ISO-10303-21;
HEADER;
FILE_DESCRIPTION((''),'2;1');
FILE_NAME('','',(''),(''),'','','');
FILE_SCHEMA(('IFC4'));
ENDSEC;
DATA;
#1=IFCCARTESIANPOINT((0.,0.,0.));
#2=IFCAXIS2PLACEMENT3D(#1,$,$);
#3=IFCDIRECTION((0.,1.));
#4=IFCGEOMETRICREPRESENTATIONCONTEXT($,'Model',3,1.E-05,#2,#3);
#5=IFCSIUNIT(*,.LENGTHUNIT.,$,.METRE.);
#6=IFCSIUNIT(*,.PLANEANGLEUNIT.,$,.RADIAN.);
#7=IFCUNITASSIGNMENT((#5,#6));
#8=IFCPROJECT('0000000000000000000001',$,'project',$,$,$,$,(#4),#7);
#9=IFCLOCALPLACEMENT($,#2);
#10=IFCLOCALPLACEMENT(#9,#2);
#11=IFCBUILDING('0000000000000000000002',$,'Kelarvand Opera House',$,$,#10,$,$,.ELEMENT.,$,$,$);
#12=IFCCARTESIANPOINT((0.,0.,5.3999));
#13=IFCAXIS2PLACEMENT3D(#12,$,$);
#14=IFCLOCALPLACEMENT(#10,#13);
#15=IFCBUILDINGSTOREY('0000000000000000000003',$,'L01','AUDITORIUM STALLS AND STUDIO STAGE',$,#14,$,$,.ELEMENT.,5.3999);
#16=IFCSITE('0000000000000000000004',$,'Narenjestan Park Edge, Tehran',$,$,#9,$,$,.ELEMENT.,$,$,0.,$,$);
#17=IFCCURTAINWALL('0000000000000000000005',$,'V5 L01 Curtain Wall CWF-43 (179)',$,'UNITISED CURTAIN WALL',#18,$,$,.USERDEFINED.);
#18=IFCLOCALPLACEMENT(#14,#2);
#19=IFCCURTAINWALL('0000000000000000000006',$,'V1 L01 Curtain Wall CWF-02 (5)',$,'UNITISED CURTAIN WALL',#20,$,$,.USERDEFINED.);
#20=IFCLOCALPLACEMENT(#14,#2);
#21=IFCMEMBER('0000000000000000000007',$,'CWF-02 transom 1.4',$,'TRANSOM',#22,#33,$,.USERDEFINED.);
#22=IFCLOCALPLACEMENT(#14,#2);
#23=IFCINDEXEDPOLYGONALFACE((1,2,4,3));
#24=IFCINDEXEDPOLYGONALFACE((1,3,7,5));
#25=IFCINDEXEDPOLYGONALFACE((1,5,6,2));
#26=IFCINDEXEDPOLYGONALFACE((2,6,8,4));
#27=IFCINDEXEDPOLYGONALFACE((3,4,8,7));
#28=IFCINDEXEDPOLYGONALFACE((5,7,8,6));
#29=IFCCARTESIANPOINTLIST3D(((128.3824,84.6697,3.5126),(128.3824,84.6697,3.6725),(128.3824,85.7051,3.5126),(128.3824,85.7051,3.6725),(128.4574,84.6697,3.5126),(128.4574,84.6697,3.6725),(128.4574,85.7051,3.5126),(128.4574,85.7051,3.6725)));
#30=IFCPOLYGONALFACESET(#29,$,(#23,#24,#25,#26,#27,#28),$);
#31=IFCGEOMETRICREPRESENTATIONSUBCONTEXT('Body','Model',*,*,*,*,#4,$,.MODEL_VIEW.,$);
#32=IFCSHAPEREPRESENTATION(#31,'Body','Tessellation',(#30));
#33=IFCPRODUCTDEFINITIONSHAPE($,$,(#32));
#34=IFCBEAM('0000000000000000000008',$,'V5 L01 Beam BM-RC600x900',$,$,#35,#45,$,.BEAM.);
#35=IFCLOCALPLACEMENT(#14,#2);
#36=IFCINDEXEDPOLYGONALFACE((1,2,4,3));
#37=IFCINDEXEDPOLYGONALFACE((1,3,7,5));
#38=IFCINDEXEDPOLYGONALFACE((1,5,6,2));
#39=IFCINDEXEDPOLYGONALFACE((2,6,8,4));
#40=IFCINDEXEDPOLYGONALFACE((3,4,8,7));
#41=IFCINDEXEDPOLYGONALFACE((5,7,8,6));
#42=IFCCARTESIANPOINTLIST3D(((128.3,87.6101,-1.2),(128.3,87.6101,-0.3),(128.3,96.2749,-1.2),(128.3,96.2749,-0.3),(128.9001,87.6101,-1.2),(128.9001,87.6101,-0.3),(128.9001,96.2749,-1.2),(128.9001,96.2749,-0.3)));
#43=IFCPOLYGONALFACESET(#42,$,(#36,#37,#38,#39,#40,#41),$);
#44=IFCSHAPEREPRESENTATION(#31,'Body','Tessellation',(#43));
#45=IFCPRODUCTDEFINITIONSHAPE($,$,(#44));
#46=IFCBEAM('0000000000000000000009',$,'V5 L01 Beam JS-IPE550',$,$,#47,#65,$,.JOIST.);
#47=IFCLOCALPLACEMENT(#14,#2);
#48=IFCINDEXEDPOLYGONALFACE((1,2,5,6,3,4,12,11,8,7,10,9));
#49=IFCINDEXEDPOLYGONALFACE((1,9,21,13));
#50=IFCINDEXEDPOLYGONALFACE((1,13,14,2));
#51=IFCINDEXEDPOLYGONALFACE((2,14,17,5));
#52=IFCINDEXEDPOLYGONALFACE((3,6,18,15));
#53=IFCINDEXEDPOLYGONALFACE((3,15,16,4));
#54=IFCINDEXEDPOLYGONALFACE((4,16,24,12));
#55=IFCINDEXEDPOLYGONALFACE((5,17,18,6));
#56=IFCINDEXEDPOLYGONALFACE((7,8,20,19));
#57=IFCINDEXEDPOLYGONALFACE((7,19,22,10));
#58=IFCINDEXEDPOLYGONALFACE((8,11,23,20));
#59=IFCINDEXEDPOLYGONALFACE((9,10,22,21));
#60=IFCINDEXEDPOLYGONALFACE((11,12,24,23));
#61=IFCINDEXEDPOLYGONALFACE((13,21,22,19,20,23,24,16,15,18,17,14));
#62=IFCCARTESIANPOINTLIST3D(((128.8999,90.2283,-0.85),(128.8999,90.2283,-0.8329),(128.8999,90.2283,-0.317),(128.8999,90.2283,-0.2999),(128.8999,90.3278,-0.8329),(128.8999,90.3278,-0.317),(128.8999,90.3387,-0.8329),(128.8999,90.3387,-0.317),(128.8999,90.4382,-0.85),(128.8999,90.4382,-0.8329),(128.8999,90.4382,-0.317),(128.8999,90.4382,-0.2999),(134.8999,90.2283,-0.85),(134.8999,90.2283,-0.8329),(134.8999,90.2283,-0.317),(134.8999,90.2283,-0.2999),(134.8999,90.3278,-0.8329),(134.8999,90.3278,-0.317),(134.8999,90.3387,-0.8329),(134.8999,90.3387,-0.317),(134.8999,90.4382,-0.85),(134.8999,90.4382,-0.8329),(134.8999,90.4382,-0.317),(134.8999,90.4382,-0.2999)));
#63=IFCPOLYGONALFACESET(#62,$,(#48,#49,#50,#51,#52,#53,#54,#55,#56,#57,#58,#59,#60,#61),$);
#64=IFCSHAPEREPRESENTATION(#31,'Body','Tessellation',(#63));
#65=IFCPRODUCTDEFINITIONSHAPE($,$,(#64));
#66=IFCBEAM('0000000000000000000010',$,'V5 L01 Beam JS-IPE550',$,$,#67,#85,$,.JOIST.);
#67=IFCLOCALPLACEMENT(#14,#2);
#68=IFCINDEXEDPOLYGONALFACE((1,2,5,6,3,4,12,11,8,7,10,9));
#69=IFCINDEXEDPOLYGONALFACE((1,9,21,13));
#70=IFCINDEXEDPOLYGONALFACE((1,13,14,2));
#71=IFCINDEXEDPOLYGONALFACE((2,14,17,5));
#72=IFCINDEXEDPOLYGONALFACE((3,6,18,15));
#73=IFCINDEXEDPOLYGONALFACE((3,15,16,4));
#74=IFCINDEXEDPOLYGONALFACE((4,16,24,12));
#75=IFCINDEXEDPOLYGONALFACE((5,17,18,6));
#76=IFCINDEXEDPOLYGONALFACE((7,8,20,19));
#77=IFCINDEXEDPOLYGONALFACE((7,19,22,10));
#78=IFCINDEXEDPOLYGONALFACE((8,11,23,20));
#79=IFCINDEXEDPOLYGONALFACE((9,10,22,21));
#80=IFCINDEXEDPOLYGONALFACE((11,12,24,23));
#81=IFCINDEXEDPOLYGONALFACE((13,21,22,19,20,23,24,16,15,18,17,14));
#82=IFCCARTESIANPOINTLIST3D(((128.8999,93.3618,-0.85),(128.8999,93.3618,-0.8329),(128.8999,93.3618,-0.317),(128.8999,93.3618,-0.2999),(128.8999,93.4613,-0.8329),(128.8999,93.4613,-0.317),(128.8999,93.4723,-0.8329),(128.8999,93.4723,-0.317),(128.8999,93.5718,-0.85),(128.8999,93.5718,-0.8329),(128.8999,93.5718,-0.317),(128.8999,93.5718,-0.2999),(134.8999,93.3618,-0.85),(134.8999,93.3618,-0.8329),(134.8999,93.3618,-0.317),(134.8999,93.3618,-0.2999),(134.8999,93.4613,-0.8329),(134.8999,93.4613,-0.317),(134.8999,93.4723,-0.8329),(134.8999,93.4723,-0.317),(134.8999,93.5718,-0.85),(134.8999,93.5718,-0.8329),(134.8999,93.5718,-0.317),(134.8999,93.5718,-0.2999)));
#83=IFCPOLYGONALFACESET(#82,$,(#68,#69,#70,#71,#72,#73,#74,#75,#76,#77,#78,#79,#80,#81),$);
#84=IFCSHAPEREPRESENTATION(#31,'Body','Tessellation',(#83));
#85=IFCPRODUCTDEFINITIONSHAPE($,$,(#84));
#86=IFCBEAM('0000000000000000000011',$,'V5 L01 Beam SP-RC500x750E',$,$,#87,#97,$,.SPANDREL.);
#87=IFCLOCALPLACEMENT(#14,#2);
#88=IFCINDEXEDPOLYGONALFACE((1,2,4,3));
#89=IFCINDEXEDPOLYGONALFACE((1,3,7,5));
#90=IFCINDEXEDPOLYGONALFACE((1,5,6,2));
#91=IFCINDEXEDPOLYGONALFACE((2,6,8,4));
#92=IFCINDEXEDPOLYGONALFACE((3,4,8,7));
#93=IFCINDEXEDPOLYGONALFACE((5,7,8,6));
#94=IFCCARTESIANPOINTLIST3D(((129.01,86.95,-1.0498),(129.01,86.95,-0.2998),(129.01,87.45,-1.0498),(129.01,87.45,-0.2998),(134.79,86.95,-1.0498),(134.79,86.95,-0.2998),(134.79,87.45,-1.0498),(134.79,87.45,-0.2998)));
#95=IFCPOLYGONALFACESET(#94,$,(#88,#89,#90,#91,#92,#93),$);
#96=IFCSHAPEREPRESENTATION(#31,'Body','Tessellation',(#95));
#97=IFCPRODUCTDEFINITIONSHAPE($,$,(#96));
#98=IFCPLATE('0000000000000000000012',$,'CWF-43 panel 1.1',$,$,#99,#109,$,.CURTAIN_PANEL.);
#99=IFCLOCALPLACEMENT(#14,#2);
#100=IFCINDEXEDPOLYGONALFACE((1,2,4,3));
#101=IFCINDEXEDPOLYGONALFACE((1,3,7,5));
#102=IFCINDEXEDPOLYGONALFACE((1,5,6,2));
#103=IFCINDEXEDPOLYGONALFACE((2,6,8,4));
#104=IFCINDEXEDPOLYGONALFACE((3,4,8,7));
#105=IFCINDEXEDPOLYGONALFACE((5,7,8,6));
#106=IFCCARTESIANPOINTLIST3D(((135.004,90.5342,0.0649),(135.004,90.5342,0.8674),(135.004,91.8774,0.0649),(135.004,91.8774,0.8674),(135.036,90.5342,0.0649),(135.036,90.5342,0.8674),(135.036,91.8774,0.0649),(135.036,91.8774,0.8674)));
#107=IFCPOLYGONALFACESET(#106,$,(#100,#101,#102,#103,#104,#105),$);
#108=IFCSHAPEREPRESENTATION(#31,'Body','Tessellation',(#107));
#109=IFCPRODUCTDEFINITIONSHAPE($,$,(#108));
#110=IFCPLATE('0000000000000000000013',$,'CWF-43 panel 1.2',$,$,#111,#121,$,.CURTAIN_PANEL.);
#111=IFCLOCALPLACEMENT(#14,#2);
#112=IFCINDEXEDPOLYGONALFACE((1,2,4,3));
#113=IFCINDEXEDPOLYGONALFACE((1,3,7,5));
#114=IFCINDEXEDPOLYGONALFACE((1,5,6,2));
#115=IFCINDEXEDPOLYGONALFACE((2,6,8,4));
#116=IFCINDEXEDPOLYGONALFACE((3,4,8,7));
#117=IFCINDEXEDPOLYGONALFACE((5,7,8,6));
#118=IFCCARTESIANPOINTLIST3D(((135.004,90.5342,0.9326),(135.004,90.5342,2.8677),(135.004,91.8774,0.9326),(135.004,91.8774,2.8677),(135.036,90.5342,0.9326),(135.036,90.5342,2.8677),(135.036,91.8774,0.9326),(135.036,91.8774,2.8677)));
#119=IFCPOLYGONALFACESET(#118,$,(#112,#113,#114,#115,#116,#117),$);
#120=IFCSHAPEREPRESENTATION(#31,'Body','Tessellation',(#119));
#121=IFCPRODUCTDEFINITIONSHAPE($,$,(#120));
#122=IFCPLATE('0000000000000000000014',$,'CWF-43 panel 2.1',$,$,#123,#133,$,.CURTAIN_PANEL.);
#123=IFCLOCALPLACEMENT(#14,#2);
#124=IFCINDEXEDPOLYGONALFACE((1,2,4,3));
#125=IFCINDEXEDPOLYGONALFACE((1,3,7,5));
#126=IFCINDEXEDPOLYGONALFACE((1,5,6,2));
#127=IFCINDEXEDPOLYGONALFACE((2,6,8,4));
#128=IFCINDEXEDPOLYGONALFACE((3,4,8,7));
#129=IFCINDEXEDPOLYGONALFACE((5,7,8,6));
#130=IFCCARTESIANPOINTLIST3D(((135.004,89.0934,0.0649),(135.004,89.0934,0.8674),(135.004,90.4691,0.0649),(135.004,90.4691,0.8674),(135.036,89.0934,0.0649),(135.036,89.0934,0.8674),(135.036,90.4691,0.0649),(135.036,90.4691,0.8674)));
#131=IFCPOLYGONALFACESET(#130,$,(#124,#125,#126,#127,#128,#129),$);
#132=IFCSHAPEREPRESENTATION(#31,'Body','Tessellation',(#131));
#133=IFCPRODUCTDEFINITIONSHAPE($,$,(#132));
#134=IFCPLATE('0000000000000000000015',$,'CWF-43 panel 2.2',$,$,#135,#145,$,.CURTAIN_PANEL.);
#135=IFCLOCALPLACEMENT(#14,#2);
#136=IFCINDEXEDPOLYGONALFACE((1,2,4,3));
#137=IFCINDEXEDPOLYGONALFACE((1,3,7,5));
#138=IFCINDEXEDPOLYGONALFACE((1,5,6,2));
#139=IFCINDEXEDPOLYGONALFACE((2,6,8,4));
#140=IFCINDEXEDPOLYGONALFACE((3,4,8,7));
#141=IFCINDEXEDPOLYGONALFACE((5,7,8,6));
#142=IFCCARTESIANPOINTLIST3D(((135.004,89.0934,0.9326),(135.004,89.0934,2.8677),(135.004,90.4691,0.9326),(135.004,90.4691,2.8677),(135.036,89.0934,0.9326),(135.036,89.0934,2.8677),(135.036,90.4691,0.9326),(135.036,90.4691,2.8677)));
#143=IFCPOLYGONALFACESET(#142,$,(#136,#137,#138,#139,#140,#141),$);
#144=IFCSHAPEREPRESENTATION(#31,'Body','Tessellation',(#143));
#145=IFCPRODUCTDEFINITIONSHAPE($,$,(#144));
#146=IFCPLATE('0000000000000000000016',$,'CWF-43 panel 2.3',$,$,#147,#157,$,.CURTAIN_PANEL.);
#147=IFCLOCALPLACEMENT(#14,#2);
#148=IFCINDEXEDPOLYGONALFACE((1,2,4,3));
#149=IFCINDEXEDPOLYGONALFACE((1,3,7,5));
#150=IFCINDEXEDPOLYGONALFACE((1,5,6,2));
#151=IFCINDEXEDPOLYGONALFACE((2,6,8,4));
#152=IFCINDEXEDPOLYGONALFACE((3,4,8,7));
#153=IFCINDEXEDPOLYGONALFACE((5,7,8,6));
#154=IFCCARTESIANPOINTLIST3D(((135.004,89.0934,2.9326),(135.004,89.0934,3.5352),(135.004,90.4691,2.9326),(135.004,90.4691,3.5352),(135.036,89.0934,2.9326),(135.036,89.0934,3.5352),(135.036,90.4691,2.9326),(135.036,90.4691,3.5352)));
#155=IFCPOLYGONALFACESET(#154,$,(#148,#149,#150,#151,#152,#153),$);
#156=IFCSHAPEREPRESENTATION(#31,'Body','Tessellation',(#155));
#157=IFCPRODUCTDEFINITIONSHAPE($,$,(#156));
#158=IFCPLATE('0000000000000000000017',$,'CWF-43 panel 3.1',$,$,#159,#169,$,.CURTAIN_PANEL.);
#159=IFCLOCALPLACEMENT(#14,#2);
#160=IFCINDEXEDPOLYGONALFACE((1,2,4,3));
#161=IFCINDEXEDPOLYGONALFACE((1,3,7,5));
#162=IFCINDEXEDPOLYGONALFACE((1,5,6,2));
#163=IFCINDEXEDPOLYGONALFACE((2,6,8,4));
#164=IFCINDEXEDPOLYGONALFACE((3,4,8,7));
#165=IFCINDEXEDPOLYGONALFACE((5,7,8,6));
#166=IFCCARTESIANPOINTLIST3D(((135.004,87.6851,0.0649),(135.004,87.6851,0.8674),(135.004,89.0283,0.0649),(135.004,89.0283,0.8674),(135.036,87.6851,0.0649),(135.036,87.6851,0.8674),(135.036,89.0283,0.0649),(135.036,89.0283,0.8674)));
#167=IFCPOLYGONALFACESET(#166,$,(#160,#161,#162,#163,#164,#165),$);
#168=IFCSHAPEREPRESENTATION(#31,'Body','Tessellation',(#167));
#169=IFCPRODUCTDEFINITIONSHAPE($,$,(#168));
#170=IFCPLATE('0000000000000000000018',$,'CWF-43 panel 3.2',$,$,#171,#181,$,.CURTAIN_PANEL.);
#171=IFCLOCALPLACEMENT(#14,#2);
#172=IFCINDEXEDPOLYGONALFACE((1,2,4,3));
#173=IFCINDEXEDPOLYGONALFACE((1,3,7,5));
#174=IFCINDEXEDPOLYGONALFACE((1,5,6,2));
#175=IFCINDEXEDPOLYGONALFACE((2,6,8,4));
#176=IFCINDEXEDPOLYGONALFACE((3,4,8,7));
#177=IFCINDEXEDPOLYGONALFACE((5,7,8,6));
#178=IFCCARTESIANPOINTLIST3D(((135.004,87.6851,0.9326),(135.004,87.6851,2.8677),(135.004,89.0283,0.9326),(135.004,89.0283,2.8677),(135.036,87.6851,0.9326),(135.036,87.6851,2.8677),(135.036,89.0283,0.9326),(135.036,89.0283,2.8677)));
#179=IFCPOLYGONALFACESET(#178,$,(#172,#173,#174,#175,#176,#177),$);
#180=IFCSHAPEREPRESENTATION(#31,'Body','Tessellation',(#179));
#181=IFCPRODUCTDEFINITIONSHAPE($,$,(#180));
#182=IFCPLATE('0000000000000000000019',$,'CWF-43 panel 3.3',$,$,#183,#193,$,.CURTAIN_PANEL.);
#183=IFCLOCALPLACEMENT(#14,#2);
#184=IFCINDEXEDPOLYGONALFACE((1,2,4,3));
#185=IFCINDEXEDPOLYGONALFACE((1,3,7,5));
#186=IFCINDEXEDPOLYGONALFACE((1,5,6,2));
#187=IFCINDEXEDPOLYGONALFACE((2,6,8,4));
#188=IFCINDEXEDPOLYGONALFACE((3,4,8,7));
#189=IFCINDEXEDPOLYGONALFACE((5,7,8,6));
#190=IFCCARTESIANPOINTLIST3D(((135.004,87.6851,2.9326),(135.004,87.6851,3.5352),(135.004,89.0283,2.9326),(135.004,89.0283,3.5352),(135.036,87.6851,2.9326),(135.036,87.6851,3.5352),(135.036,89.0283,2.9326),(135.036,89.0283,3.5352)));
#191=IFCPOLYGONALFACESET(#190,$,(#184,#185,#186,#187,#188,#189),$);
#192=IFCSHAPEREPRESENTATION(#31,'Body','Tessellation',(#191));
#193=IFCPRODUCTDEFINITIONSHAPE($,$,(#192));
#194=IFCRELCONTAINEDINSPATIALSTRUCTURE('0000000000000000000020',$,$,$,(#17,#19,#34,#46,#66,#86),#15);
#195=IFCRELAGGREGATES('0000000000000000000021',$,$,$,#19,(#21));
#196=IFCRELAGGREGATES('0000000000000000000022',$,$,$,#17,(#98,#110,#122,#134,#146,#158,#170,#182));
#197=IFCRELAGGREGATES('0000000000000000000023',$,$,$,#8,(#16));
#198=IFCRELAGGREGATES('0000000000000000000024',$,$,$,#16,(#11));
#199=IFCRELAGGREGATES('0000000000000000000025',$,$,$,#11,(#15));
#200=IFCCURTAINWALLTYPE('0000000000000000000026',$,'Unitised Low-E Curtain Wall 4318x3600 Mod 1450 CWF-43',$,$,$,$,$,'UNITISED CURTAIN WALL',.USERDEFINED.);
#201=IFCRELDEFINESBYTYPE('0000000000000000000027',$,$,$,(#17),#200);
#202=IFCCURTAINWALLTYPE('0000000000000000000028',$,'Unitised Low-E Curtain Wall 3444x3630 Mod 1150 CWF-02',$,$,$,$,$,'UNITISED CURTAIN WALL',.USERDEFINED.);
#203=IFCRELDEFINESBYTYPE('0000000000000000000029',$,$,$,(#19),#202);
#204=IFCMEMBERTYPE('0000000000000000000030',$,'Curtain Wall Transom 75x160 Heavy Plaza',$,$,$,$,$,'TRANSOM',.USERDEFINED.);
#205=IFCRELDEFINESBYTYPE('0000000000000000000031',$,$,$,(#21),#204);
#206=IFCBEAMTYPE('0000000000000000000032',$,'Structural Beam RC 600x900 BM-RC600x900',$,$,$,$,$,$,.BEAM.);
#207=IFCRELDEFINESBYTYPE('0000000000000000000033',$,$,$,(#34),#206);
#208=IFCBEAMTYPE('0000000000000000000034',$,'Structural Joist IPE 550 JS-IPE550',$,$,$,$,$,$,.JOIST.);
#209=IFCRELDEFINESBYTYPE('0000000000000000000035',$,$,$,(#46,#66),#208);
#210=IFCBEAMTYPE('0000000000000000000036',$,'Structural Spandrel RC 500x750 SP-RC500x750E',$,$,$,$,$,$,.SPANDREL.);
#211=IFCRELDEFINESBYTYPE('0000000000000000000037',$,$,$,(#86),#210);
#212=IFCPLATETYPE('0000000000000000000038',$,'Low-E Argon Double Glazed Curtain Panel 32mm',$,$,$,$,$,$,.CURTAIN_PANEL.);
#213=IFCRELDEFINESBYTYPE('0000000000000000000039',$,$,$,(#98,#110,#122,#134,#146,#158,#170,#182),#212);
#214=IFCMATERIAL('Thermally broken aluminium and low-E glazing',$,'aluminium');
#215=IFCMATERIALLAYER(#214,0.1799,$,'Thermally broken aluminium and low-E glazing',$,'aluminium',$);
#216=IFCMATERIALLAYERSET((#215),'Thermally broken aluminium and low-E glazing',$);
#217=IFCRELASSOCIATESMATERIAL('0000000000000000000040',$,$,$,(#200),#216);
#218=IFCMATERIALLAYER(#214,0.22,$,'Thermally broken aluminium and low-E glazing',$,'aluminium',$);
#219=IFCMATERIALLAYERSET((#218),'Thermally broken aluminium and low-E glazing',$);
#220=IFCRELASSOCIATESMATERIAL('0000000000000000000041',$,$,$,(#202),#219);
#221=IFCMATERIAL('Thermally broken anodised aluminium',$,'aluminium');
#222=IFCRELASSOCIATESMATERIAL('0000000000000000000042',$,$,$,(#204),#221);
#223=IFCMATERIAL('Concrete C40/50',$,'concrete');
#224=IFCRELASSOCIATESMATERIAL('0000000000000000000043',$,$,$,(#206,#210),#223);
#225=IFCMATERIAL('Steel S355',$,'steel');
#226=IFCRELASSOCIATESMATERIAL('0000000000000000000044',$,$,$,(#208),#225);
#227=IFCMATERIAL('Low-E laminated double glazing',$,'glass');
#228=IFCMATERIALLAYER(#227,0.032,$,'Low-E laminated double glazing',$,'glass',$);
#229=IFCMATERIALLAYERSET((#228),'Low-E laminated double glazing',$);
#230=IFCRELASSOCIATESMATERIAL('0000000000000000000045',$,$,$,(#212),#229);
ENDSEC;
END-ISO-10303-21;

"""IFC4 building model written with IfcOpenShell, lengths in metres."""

from ifc_helpers import new_model, si_unit, direction, frame, origin, origin_2d, place, context, subcontext, project, spatial, rectangle, i_section, extrude, material, layer, layer_set, material_profile, profile_set, type_object, element, aggregate, save


model = new_model("IFC4")

# Units and contexts
model_context = context("Model", 3, precision=1e-05, world=origin(), true_north=direction((0.0, 1.0)))
body_context = subcontext(model_context, "Body", "Model", "MODEL_VIEW")
ifc_project = project(units=[si_unit("LENGTHUNIT", "METRE"), si_unit("PLANEANGLEUNIT", "RADIAN")], contexts=[model_context])

# Site, building, storey
site_placement = place(None, origin())
site = spatial("IfcSite", under=ifc_project, at=site_placement, Name="Narenjestan Park Edge, Tehran", CompositionType="ELEMENT", RefElevation=0.0)
building_placement = place(site_placement, origin())
building = spatial("IfcBuilding", under=site, at=building_placement, Name="Kelarvand Opera House", CompositionType="ELEMENT")
storey_placement = place(building_placement, frame((0.0, 0.0, 5.3999)))
storey = spatial("IfcBuildingStorey", under=building, at=storey_placement, Name="L01", Description="AUDITORIUM STALLS AND STUDIO STAGE", CompositionType="ELEMENT", Elevation=5.3999)

# Shared definitions
ifc_material_1 = material(Name="Concrete C40/50", Category="concrete")

# Curtain wall
ifc_material_2 = material(Name="Thermally broken aluminium and low-E glazing", Category="aluminium")
ifc_layer_1 = layer(ifc_material_2, 0.1799, Name="Thermally broken aluminium and low-E glazing", Category="aluminium")
ifc_layer_set_1 = layer_set([ifc_layer_1], Name="Thermally broken aluminium and low-E glazing")
curtain_wall_type_1 = type_object("IfcCurtainWallType", Name="Unitised Low-E Curtain Wall 4318x3600 Mod 1450 CWF-43", ElementType="UNITISED CURTAIN WALL", PredefinedType="USERDEFINED", material=ifc_layer_set_1)
curtain_wall_1_placement = place(storey_placement, origin())
curtain_wall_1 = element("IfcCurtainWall", 1, at=curtain_wall_1_placement, inside=storey, type_object=curtain_wall_type_1, Name="V5 L01 Curtain Wall CWF-43 (179)", ObjectType="UNITISED CURTAIN WALL", PredefinedType="USERDEFINED")
ifc_material_3 = material(Name="Thermally broken anodised aluminium", Category="aluminium")

# Curtain wall
ifc_layer_2 = layer(ifc_material_2, 0.22, Name="Thermally broken aluminium and low-E glazing", Category="aluminium")
ifc_layer_set_2 = layer_set([ifc_layer_2], Name="Thermally broken aluminium and low-E glazing")
curtain_wall_type_2 = type_object("IfcCurtainWallType", Name="Unitised Low-E Curtain Wall 3444x3630 Mod 1150 CWF-02", ElementType="UNITISED CURTAIN WALL", PredefinedType="USERDEFINED", material=ifc_layer_set_2)
curtain_wall_2_placement = place(storey_placement, origin())
curtain_wall_2 = element("IfcCurtainWall", 2, at=curtain_wall_2_placement, inside=storey, type_object=curtain_wall_type_2, Name="V1 L01 Curtain Wall CWF-02 (5)", ObjectType="UNITISED CURTAIN WALL", PredefinedType="USERDEFINED")

# Member
ifc_material_profile_1 = material_profile(ifc_material_3, rectangle(XDim=0.075, YDim=0.1599, at=origin_2d()), Name="ALU TRANSOM 75x160", Category="aluminium")
ifc_profile_set_1 = profile_set([ifc_material_profile_1], Name="Thermally broken anodised aluminium")
member_type_1 = type_object("IfcMemberType", Name="Curtain Wall Transom 75x160 Heavy Plaza", ElementType="TRANSOM", PredefinedType="USERDEFINED", material=ifc_profile_set_1)
member_1_placement = place(storey_placement, frame((128.4199, 85.7051, 3.5925), z_axis=(0.0, -1.0, 0.0), x_axis=(1.0, 0.0, 0.0)))
member_1 = element("IfcMember", 3, at=member_1_placement, type_object=member_type_1, Name="CWF-02 transom 1.4", ObjectType="TRANSOM", PredefinedType="USERDEFINED", context=body_context, shape_type="SweptSolid", body=[
    extrude(rectangle(XDim=0.075, YDim=0.1599, at=origin_2d()), origin(), (0.0, 0.0, 1.0), 1.0354),
])
aggregate(curtain_wall_2, [member_1])

# Beams
ifc_material_profile_2 = material_profile(ifc_material_1, rectangle(XDim=0.6001, YDim=0.8999, at=origin_2d()), Name="RC 600x900", Category="concrete")
ifc_profile_set_2 = profile_set([ifc_material_profile_2], Name="Concrete C40/50")
beam_type_1 = type_object("IfcBeamType", Name="Structural Beam RC 600x900 BM-RC600x900", PredefinedType="BEAM", material=ifc_profile_set_2)
beam_1_placement = place(storey_placement, frame((128.6001, 87.6101, -0.75), z_axis=(0.0, 1.0, 0.0), x_axis=(-1.0, 0.0, 0.0)))
element("IfcBeam", 4, at=beam_1_placement, inside=storey, type_object=beam_type_1, Name="V5 L01 Beam BM-RC600x900", PredefinedType="BEAM", context=body_context, shape_type="SweptSolid", body=[
    extrude(rectangle(XDim=0.6001, YDim=0.8999, at=origin_2d()), origin(), (0.0, 0.0, 1.0), 8.6648),
])
ifc_material_4 = material(Name="Steel S355", Category="steel")
ifc_material_profile_3 = material_profile(ifc_material_4, i_section(OverallWidth=0.21, OverallDepth=0.55, WebThickness=0.011, FlangeThickness=0.0171, at=origin_2d()), Name="IPE 550", Category="steel")
ifc_profile_set_3 = profile_set([ifc_material_profile_3], Name="Steel S355")
beam_type_2 = type_object("IfcBeamType", Name="Structural Joist IPE 550 JS-IPE550", PredefinedType="JOIST", material=ifc_profile_set_3)
for number, where, z_axis, x_axis, name in (
    (5, (128.8999, 90.3333, -0.575), (1.0, 0.0, 0.0), (0.0, 1.0, 0.0), "V5 L01 Beam JS-IPE550"),
    (6, (128.8999, 93.4668, -0.575), (1.0, 0.0, 0.0), (0.0, 1.0, 0.0), "V5 L01 Beam JS-IPE550"),
):
    element("IfcBeam", number, at=place(storey_placement, frame(where, z_axis=z_axis, x_axis=x_axis)), inside=storey, type_object=beam_type_2, Name=name, PredefinedType="JOIST", context=body_context, shape_type="SweptSolid", body=[
        extrude(i_section(OverallWidth=0.21, OverallDepth=0.55, WebThickness=0.011, FlangeThickness=0.0171, at=origin_2d()), origin(), (0.0, 0.0, 1.0), 6.0),
    ])
ifc_material_profile_4 = material_profile(ifc_material_1, rectangle(XDim=0.5, YDim=0.75, at=origin_2d()), Name="RC 500x750", Category="concrete")
ifc_profile_set_4 = profile_set([ifc_material_profile_4], Name="Concrete C40/50")
beam_type_3 = type_object("IfcBeamType", Name="Structural Spandrel RC 500x750 SP-RC500x750E", PredefinedType="SPANDREL", material=ifc_profile_set_4)
beam_2_placement = place(storey_placement, frame((129.01, 87.2, -0.6748), z_axis=(1.0, 0.0, 0.0), x_axis=(0.0, 1.0, 0.0)))
element("IfcBeam", 7, at=beam_2_placement, inside=storey, type_object=beam_type_3, Name="V5 L01 Beam SP-RC500x750E", PredefinedType="SPANDREL", context=body_context, shape_type="SweptSolid", body=[
    extrude(rectangle(XDim=0.5, YDim=0.75, at=origin_2d()), origin(), (0.0, 0.0, 1.0), 5.78),
])

# Plates
ifc_material_5 = material(Name="Low-E laminated double glazing", Category="glass")
ifc_layer_3 = layer(ifc_material_5, 0.032, Name="Low-E laminated double glazing", Category="glass")
ifc_layer_set_3 = layer_set([ifc_layer_3], Name="Low-E laminated double glazing")
plate_type = type_object("IfcPlateType", Name="Low-E Argon Double Glazed Curtain Panel 32mm", PredefinedType="CURTAIN_PANEL", material=ifc_layer_set_3)
plate_1_placement = place(storey_placement, frame((135.02, 91.2058, 0.0649), z_axis=(0.0, 0.0, 1.0), x_axis=(0.0, -1.0, 0.0)))
plate_1 = element("IfcPlate", 8, at=plate_1_placement, type_object=plate_type, Name="CWF-43 panel 1.1", PredefinedType="CURTAIN_PANEL", context=body_context, shape_type="SweptSolid", body=[
    extrude(rectangle(XDim=1.3433, YDim=0.032, at=origin_2d()), origin(), (0.0, 0.0, 1.0), 0.8025),
])
plate_2_placement = place(storey_placement, frame((135.02, 91.2058, 0.9326), z_axis=(0.0, 0.0, 1.0), x_axis=(0.0, -1.0, 0.0)))
plate_2 = element("IfcPlate", 9, at=plate_2_placement, type_object=plate_type, Name="CWF-43 panel 1.2", PredefinedType="CURTAIN_PANEL", context=body_context, shape_type="SweptSolid", body=[
    extrude(rectangle(XDim=1.3433, YDim=0.032, at=origin_2d()), origin(), (0.0, 0.0, 1.0), 1.9351),
])
plate_3_placement = place(storey_placement, frame((135.02, 89.7812, 0.0649), z_axis=(0.0, 0.0, 1.0), x_axis=(0.0, -1.0, 0.0)))
plate_3 = element("IfcPlate", 10, at=plate_3_placement, type_object=plate_type, Name="CWF-43 panel 2.1", PredefinedType="CURTAIN_PANEL", context=body_context, shape_type="SweptSolid", body=[
    extrude(rectangle(XDim=1.3757, YDim=0.032, at=origin_2d()), origin(), (0.0, 0.0, 1.0), 0.8025),
])
plate_4_placement = place(storey_placement, frame((135.02, 89.7812, 0.9326), z_axis=(0.0, 0.0, 1.0), x_axis=(0.0, -1.0, 0.0)))
plate_4 = element("IfcPlate", 11, at=plate_4_placement, type_object=plate_type, Name="CWF-43 panel 2.2", PredefinedType="CURTAIN_PANEL", context=body_context, shape_type="SweptSolid", body=[
    extrude(rectangle(XDim=1.3757, YDim=0.032, at=origin_2d()), origin(), (0.0, 0.0, 1.0), 1.9351),
])
plate_5_placement = place(storey_placement, frame((135.02, 89.7812, 2.9326), z_axis=(0.0, 0.0, 1.0), x_axis=(0.0, -1.0, 0.0)))
plate_5 = element("IfcPlate", 12, at=plate_5_placement, type_object=plate_type, Name="CWF-43 panel 2.3", PredefinedType="CURTAIN_PANEL", context=body_context, shape_type="SweptSolid", body=[
    extrude(rectangle(XDim=1.3757, YDim=0.032, at=origin_2d()), origin(), (0.0, 0.0, 1.0), 0.6025),
])
plate_6_placement = place(storey_placement, frame((135.02, 88.3567, 0.0649), z_axis=(0.0, 0.0, 1.0), x_axis=(0.0, -1.0, 0.0)))
plate_6 = element("IfcPlate", 13, at=plate_6_placement, type_object=plate_type, Name="CWF-43 panel 3.1", PredefinedType="CURTAIN_PANEL", context=body_context, shape_type="SweptSolid", body=[
    extrude(rectangle(XDim=1.3433, YDim=0.032, at=origin_2d()), origin(), (0.0, 0.0, 1.0), 0.8025),
])
plate_7_placement = place(storey_placement, frame((135.02, 88.3567, 0.9326), z_axis=(0.0, 0.0, 1.0), x_axis=(0.0, -1.0, 0.0)))
plate_7 = element("IfcPlate", 14, at=plate_7_placement, type_object=plate_type, Name="CWF-43 panel 3.2", PredefinedType="CURTAIN_PANEL", context=body_context, shape_type="SweptSolid", body=[
    extrude(rectangle(XDim=1.3433, YDim=0.032, at=origin_2d()), origin(), (0.0, 0.0, 1.0), 1.9351),
])
plate_8_placement = place(storey_placement, frame((135.02, 88.3567, 2.9326), z_axis=(0.0, 0.0, 1.0), x_axis=(0.0, -1.0, 0.0)))
plate_8 = element("IfcPlate", 15, at=plate_8_placement, type_object=plate_type, Name="CWF-43 panel 3.3", PredefinedType="CURTAIN_PANEL", context=body_context, shape_type="SweptSolid", body=[
    extrude(rectangle(XDim=1.3433, YDim=0.032, at=origin_2d()), origin(), (0.0, 0.0, 1.0), 0.6025),
])
aggregate(curtain_wall_1, [plate_1, plate_2, plate_3, plate_4, plate_5, plate_6, plate_7, plate_8])

save(model, "model.ifc")
